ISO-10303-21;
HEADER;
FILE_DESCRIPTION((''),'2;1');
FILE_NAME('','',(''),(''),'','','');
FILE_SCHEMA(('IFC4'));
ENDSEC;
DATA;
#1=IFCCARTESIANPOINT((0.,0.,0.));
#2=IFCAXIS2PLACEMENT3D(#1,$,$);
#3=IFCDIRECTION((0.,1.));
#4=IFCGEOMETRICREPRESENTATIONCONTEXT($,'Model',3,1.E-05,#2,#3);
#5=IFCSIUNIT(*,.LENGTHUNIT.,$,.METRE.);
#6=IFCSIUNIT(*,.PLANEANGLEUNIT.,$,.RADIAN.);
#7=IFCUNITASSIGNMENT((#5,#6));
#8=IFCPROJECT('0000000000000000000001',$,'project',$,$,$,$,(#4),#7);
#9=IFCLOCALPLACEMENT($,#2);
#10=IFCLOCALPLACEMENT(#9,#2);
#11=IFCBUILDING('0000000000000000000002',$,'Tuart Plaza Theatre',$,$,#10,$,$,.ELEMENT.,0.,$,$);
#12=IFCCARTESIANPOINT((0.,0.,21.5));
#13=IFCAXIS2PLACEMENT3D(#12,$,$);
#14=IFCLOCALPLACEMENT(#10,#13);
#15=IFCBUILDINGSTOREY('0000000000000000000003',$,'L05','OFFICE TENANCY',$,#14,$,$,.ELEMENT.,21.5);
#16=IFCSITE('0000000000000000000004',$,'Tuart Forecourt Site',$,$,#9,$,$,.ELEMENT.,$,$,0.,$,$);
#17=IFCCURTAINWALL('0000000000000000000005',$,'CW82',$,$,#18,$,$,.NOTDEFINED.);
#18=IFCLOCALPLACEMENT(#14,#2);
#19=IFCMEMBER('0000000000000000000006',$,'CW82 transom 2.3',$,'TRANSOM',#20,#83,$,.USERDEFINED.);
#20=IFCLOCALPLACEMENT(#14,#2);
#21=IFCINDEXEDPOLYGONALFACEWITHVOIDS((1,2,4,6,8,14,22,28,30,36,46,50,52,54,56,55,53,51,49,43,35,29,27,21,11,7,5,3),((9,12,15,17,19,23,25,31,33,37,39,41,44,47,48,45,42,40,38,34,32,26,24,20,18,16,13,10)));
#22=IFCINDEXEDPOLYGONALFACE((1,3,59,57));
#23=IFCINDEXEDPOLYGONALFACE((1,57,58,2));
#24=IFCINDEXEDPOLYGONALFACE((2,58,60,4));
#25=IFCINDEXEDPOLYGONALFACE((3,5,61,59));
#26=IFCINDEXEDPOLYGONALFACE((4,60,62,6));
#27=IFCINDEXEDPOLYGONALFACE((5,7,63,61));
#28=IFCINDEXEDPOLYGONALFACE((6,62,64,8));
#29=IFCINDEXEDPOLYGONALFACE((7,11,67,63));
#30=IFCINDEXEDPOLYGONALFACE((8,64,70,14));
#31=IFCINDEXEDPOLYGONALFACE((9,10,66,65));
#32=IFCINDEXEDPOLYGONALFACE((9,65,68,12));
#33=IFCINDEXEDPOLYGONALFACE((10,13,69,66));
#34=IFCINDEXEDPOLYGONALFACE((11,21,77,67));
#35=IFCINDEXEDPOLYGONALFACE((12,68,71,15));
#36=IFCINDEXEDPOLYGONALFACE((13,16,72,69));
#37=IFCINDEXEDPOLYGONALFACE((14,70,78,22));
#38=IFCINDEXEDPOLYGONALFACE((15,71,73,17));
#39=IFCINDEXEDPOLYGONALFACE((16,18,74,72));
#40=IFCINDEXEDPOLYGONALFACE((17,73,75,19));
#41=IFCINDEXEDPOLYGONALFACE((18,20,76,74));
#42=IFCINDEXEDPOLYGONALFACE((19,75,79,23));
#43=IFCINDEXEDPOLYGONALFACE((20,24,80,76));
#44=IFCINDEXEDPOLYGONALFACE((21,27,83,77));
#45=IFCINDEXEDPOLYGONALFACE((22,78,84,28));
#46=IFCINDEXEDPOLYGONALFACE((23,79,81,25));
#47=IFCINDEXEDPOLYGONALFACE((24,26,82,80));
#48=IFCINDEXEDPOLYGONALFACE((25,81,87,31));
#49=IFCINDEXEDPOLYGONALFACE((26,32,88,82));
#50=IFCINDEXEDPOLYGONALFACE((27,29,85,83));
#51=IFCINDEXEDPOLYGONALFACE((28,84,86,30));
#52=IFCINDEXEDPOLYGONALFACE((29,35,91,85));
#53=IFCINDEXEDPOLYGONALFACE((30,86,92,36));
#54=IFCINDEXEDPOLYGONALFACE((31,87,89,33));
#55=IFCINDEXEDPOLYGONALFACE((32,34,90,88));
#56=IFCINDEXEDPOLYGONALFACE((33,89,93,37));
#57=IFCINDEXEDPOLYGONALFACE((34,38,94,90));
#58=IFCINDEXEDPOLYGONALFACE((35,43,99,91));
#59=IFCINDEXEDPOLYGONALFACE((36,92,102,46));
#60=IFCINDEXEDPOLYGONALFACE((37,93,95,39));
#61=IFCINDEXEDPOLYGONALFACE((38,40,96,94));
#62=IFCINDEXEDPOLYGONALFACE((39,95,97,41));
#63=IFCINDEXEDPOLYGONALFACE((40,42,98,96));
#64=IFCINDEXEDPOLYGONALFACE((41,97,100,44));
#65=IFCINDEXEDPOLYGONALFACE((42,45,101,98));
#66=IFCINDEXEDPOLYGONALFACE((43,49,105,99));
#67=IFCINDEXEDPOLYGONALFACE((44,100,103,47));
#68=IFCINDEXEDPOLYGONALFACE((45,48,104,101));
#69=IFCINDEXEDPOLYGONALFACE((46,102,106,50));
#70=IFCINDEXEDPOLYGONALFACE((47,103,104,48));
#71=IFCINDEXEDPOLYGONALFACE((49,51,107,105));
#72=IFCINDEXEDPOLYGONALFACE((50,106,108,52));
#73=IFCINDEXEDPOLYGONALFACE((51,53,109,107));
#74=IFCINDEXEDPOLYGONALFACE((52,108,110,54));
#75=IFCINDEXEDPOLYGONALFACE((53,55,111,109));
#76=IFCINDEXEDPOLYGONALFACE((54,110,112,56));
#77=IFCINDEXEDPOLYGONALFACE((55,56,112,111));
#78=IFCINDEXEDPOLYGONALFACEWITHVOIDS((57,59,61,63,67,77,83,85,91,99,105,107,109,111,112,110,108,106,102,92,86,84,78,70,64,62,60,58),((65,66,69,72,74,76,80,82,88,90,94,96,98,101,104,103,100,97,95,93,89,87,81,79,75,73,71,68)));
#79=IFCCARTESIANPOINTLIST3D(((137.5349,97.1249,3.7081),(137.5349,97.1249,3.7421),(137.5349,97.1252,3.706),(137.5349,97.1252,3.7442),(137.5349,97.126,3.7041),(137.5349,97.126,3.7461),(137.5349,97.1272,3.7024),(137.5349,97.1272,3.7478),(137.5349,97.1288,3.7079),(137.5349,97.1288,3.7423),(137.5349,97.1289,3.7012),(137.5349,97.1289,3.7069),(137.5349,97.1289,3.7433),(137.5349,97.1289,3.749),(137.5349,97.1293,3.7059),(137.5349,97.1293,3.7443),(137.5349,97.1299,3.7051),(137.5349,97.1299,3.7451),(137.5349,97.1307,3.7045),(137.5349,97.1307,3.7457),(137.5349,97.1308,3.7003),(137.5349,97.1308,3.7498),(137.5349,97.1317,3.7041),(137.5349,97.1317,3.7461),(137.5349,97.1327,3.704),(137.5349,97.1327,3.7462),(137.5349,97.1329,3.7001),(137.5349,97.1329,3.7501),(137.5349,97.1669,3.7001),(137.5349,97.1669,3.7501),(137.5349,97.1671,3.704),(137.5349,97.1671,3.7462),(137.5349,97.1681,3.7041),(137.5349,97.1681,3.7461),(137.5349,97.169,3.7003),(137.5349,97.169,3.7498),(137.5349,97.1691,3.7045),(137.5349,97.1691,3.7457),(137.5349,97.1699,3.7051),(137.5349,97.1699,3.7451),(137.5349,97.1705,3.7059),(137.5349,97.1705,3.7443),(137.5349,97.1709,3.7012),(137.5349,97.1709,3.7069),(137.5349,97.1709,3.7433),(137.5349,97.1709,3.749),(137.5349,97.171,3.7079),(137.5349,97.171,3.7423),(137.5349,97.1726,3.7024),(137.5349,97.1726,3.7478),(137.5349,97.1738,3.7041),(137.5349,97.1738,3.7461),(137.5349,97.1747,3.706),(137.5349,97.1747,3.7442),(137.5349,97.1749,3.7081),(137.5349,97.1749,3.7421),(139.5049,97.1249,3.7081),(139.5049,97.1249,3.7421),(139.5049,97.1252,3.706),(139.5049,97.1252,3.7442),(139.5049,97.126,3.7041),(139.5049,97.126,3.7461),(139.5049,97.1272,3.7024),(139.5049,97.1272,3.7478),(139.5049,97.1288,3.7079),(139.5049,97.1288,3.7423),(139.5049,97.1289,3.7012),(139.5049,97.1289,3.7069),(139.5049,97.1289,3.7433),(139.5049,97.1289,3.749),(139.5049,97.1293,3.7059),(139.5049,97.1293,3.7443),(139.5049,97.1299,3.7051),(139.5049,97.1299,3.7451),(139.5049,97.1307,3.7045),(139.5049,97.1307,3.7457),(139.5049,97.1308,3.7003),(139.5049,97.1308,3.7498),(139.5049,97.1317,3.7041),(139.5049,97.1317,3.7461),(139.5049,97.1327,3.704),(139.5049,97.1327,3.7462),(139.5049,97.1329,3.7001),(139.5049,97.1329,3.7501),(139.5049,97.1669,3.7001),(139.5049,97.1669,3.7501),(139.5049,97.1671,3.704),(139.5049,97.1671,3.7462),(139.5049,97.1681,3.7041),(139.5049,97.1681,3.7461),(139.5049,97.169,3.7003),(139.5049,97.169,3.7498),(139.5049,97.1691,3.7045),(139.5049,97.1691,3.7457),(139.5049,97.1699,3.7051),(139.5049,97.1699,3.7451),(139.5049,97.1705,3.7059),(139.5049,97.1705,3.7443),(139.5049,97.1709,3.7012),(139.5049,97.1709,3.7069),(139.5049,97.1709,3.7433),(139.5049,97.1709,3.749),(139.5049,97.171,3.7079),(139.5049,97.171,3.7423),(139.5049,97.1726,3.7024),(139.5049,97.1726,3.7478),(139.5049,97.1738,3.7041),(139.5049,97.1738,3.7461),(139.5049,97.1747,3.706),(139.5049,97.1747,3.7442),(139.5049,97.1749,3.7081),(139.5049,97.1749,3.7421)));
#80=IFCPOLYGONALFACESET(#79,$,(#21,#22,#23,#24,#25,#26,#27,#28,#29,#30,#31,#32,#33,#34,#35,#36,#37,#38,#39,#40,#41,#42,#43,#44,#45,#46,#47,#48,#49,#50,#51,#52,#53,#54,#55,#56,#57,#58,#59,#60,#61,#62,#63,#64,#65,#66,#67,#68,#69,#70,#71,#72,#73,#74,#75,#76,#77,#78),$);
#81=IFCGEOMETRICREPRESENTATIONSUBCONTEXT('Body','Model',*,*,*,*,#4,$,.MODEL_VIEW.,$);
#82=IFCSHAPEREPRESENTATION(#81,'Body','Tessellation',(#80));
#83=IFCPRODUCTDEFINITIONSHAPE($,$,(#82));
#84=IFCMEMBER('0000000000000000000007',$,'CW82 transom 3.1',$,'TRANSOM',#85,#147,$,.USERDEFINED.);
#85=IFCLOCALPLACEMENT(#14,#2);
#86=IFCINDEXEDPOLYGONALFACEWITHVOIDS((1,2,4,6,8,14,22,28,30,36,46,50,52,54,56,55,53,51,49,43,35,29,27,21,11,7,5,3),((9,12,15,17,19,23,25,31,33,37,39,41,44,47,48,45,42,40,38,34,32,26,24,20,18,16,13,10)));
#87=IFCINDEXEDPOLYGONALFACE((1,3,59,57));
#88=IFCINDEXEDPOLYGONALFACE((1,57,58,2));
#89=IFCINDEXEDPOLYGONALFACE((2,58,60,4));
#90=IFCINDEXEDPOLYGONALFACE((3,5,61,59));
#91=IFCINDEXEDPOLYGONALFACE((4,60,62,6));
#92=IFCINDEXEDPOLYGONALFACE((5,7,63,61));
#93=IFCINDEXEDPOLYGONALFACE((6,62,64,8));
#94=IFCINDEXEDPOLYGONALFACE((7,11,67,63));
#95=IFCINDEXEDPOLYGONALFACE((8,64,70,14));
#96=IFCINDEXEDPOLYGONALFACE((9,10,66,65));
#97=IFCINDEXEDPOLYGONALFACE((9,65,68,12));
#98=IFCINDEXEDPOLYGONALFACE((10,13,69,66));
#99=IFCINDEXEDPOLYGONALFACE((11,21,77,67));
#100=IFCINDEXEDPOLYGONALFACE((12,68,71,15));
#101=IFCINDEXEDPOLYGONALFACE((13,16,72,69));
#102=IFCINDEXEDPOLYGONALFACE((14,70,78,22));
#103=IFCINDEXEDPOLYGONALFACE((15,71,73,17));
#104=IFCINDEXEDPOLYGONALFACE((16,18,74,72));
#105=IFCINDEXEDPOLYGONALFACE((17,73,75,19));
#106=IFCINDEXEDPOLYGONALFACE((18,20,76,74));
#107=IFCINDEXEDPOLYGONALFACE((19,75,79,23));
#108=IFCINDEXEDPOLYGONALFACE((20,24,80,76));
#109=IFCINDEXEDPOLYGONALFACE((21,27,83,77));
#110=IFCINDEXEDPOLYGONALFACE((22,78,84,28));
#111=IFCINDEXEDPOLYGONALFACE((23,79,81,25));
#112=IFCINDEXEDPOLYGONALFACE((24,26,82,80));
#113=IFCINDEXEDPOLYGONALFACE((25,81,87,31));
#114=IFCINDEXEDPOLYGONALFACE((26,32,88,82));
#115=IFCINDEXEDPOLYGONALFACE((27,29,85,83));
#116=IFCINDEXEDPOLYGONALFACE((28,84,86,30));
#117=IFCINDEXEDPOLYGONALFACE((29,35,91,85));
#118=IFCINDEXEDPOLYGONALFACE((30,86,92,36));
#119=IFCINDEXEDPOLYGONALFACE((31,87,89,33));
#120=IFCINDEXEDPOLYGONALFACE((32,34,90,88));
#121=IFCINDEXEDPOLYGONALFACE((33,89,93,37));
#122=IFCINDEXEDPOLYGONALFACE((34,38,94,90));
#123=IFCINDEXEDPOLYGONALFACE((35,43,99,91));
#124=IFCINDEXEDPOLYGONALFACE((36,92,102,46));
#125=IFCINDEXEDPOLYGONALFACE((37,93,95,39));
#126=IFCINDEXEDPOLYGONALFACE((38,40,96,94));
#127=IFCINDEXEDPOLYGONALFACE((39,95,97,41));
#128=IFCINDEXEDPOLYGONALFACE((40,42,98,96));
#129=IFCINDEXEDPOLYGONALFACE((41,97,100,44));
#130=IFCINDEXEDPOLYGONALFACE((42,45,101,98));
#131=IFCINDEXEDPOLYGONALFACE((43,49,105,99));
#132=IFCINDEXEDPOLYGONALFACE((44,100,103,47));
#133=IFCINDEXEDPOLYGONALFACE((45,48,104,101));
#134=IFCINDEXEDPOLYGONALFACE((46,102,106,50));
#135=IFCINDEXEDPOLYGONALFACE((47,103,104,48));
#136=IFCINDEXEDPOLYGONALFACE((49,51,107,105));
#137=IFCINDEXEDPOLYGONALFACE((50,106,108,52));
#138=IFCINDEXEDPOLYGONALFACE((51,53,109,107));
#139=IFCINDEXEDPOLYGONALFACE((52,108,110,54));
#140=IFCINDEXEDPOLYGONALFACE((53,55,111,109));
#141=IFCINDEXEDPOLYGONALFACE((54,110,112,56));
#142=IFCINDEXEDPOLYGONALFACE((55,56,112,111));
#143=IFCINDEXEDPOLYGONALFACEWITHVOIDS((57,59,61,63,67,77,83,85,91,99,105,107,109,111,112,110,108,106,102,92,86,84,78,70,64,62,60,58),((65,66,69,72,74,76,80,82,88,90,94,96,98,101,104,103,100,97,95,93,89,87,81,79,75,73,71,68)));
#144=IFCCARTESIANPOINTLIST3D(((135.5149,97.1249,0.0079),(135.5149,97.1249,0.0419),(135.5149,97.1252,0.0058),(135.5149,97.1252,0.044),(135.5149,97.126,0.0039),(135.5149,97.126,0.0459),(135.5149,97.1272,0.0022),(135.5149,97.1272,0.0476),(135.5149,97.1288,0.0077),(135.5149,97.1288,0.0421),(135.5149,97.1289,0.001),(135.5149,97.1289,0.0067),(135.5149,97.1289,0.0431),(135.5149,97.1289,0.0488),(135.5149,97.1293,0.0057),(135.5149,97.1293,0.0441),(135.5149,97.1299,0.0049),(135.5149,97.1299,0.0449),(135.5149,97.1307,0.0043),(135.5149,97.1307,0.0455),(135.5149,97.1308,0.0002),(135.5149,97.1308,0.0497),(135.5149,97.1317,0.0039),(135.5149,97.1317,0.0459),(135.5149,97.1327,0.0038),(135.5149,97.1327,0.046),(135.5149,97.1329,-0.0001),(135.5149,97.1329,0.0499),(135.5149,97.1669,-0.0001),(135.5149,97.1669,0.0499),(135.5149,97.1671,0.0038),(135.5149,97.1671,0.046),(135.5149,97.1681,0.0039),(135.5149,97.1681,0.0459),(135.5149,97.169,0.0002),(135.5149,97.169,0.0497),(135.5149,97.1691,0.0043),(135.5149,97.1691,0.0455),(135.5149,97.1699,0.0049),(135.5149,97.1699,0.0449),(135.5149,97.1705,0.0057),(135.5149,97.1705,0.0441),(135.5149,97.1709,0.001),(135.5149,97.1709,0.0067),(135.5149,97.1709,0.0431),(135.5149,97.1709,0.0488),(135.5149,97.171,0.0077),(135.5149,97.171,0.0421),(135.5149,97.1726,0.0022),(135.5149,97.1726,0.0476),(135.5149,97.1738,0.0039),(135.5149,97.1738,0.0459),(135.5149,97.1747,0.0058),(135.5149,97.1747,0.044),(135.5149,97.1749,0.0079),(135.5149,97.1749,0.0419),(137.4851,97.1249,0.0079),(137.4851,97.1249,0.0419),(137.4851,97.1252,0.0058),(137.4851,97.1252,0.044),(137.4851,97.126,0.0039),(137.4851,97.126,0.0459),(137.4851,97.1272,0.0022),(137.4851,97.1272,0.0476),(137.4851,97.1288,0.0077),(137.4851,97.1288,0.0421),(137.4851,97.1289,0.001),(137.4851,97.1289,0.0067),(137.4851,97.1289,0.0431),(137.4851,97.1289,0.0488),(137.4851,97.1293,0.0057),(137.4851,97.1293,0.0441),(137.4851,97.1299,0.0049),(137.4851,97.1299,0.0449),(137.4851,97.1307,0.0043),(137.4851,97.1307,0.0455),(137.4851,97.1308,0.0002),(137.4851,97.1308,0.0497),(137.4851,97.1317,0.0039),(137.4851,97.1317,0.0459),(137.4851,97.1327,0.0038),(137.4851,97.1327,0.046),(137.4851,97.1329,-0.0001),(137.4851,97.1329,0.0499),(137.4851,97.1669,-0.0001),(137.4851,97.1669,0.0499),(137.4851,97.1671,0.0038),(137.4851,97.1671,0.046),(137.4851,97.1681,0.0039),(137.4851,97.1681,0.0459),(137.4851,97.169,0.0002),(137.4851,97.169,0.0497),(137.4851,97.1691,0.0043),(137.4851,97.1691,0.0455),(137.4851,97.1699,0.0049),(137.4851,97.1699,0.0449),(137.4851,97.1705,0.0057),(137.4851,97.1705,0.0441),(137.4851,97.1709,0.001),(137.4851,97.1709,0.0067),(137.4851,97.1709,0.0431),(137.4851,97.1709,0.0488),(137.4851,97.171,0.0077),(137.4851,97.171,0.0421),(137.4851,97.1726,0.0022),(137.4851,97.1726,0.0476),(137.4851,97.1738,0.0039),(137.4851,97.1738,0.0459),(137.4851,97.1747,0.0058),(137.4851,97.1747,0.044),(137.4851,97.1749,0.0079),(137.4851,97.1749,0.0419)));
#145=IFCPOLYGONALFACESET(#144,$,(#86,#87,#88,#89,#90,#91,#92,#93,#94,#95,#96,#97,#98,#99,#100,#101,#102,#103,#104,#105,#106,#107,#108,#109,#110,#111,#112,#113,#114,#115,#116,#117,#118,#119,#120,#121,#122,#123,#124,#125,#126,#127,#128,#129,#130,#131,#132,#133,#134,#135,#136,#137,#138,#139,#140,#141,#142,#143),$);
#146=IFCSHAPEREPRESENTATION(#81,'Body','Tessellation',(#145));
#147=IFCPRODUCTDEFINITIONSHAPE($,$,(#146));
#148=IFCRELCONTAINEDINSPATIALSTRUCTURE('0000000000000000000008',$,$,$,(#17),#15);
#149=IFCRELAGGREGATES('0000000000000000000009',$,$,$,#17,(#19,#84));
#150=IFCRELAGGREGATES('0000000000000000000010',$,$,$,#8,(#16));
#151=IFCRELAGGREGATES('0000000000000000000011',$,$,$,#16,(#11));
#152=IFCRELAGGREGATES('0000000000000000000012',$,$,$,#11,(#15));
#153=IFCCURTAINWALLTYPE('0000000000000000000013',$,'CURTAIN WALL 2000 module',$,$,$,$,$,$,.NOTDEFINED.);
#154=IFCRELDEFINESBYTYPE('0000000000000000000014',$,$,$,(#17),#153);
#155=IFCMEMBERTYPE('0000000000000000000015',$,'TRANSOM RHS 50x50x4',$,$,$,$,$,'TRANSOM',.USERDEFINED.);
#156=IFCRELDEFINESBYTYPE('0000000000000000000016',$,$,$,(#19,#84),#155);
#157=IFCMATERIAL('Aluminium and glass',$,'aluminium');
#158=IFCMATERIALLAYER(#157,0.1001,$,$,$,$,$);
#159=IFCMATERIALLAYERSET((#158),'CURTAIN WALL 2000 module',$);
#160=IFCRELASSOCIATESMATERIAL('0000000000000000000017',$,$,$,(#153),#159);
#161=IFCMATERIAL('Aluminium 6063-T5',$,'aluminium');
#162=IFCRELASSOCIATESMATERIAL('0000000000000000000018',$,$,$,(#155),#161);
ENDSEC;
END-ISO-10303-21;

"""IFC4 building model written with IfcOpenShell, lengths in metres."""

from ifc_helpers import new_model, si_unit, direction, frame, origin, origin_2d, place, context, subcontext, project, spatial, hollow_rectangle, extrude, material, layer, layer_set, material_profile, profile_set, type_object, element, aggregate, save


model = new_model("IFC4")

# Units and contexts
model_context = context("Model", 3, precision=1e-05, world=origin(), true_north=direction((0.0, 1.0)))
body_context = subcontext(model_context, "Body", "Model", "MODEL_VIEW")
ifc_project = project(units=[si_unit("LENGTHUNIT", "METRE"), si_unit("PLANEANGLEUNIT", "RADIAN")], contexts=[model_context])

# Site, building, storey
site_placement = place(None, origin())
site = spatial("IfcSite", under=ifc_project, at=site_placement, Name="Tuart Forecourt Site", CompositionType="ELEMENT", RefElevation=0.0)
building_placement = place(site_placement, origin())
building = spatial("IfcBuilding", under=site, at=building_placement, Name="Tuart Plaza Theatre", CompositionType="ELEMENT", ElevationOfRefHeight=0.0)
storey_placement = place(building_placement, frame((0.0, 0.0, 21.5)))
storey = spatial("IfcBuildingStorey", under=building, at=storey_placement, Name="L05", Description="OFFICE TENANCY", CompositionType="ELEMENT", Elevation=21.5)

# Curtain wall
ifc_material_1 = material(Name="Aluminium and glass", Category="aluminium")
ifc_layer_1 = layer(ifc_material_1, 0.1001)
ifc_layer_set_1 = layer_set([ifc_layer_1], Name="CURTAIN WALL 2000 module")
curtain_wall_type = type_object("IfcCurtainWallType", Name="CURTAIN WALL 2000 module", PredefinedType="NOTDEFINED", material=ifc_layer_set_1)
curtain_wall_1_placement = place(storey_placement, origin())
curtain_wall_1 = element("IfcCurtainWall", 1, at=curtain_wall_1_placement, inside=storey, type_object=curtain_wall_type, Name="CW82", PredefinedType="NOTDEFINED")

# Members
ifc_material_2 = material(Name="Aluminium 6063-T5", Category="aluminium")
ifc_material_profile_1 = material_profile(ifc_material_2, hollow_rectangle(XDim=0.05, YDim=0.05, WallThickness=0.0039, InnerFilletRadius=0.0039, OuterFilletRadius=0.0081, at=origin_2d()), Name="RHS 50x50x4")
ifc_profile_set_1 = profile_set([ifc_material_profile_1], Name="Aluminium 6063-T5")
member_type_1 = type_object("IfcMemberType", Name="TRANSOM RHS 50x50x4", ElementType="TRANSOM", PredefinedType="USERDEFINED", material=ifc_profile_set_1)
member_1_placement = place(storey_placement, frame((139.5049, 97.1499, 3.7251), z_axis=(-1.0, 0.0, 0.0), x_axis=(0.0, -1.0, 0.0)))
member_1 = element("IfcMember", 2, at=member_1_placement, type_object=member_type_1, Name="CW82 transom 2.3", ObjectType="TRANSOM", PredefinedType="USERDEFINED", context=body_context, shape_type="SweptSolid", body=[
    extrude(hollow_rectangle(XDim=0.05, YDim=0.05, WallThickness=0.0039, InnerFilletRadius=0.0039, OuterFilletRadius=0.0081, at=origin_2d()), origin(), (0.0, 0.0, 1.0), 1.97),
])
member_2_placement = place(storey_placement, frame((137.4851, 97.1499, 0.0249), z_axis=(-1.0, 0.0, 0.0), x_axis=(0.0, -1.0, 0.0)))
member_2 = element("IfcMember", 3, at=member_2_placement, type_object=member_type_1, Name="CW82 transom 3.1", ObjectType="TRANSOM", PredefinedType="USERDEFINED", context=body_context, shape_type="SweptSolid", body=[
    extrude(hollow_rectangle(XDim=0.05, YDim=0.05, WallThickness=0.0039, InnerFilletRadius=0.0039, OuterFilletRadius=0.0081, at=origin_2d()), origin(), (0.0, 0.0, 1.0), 1.9702),
])

aggregate(curtain_wall_1, [member_1, member_2])

save(model, "model.ifc")
